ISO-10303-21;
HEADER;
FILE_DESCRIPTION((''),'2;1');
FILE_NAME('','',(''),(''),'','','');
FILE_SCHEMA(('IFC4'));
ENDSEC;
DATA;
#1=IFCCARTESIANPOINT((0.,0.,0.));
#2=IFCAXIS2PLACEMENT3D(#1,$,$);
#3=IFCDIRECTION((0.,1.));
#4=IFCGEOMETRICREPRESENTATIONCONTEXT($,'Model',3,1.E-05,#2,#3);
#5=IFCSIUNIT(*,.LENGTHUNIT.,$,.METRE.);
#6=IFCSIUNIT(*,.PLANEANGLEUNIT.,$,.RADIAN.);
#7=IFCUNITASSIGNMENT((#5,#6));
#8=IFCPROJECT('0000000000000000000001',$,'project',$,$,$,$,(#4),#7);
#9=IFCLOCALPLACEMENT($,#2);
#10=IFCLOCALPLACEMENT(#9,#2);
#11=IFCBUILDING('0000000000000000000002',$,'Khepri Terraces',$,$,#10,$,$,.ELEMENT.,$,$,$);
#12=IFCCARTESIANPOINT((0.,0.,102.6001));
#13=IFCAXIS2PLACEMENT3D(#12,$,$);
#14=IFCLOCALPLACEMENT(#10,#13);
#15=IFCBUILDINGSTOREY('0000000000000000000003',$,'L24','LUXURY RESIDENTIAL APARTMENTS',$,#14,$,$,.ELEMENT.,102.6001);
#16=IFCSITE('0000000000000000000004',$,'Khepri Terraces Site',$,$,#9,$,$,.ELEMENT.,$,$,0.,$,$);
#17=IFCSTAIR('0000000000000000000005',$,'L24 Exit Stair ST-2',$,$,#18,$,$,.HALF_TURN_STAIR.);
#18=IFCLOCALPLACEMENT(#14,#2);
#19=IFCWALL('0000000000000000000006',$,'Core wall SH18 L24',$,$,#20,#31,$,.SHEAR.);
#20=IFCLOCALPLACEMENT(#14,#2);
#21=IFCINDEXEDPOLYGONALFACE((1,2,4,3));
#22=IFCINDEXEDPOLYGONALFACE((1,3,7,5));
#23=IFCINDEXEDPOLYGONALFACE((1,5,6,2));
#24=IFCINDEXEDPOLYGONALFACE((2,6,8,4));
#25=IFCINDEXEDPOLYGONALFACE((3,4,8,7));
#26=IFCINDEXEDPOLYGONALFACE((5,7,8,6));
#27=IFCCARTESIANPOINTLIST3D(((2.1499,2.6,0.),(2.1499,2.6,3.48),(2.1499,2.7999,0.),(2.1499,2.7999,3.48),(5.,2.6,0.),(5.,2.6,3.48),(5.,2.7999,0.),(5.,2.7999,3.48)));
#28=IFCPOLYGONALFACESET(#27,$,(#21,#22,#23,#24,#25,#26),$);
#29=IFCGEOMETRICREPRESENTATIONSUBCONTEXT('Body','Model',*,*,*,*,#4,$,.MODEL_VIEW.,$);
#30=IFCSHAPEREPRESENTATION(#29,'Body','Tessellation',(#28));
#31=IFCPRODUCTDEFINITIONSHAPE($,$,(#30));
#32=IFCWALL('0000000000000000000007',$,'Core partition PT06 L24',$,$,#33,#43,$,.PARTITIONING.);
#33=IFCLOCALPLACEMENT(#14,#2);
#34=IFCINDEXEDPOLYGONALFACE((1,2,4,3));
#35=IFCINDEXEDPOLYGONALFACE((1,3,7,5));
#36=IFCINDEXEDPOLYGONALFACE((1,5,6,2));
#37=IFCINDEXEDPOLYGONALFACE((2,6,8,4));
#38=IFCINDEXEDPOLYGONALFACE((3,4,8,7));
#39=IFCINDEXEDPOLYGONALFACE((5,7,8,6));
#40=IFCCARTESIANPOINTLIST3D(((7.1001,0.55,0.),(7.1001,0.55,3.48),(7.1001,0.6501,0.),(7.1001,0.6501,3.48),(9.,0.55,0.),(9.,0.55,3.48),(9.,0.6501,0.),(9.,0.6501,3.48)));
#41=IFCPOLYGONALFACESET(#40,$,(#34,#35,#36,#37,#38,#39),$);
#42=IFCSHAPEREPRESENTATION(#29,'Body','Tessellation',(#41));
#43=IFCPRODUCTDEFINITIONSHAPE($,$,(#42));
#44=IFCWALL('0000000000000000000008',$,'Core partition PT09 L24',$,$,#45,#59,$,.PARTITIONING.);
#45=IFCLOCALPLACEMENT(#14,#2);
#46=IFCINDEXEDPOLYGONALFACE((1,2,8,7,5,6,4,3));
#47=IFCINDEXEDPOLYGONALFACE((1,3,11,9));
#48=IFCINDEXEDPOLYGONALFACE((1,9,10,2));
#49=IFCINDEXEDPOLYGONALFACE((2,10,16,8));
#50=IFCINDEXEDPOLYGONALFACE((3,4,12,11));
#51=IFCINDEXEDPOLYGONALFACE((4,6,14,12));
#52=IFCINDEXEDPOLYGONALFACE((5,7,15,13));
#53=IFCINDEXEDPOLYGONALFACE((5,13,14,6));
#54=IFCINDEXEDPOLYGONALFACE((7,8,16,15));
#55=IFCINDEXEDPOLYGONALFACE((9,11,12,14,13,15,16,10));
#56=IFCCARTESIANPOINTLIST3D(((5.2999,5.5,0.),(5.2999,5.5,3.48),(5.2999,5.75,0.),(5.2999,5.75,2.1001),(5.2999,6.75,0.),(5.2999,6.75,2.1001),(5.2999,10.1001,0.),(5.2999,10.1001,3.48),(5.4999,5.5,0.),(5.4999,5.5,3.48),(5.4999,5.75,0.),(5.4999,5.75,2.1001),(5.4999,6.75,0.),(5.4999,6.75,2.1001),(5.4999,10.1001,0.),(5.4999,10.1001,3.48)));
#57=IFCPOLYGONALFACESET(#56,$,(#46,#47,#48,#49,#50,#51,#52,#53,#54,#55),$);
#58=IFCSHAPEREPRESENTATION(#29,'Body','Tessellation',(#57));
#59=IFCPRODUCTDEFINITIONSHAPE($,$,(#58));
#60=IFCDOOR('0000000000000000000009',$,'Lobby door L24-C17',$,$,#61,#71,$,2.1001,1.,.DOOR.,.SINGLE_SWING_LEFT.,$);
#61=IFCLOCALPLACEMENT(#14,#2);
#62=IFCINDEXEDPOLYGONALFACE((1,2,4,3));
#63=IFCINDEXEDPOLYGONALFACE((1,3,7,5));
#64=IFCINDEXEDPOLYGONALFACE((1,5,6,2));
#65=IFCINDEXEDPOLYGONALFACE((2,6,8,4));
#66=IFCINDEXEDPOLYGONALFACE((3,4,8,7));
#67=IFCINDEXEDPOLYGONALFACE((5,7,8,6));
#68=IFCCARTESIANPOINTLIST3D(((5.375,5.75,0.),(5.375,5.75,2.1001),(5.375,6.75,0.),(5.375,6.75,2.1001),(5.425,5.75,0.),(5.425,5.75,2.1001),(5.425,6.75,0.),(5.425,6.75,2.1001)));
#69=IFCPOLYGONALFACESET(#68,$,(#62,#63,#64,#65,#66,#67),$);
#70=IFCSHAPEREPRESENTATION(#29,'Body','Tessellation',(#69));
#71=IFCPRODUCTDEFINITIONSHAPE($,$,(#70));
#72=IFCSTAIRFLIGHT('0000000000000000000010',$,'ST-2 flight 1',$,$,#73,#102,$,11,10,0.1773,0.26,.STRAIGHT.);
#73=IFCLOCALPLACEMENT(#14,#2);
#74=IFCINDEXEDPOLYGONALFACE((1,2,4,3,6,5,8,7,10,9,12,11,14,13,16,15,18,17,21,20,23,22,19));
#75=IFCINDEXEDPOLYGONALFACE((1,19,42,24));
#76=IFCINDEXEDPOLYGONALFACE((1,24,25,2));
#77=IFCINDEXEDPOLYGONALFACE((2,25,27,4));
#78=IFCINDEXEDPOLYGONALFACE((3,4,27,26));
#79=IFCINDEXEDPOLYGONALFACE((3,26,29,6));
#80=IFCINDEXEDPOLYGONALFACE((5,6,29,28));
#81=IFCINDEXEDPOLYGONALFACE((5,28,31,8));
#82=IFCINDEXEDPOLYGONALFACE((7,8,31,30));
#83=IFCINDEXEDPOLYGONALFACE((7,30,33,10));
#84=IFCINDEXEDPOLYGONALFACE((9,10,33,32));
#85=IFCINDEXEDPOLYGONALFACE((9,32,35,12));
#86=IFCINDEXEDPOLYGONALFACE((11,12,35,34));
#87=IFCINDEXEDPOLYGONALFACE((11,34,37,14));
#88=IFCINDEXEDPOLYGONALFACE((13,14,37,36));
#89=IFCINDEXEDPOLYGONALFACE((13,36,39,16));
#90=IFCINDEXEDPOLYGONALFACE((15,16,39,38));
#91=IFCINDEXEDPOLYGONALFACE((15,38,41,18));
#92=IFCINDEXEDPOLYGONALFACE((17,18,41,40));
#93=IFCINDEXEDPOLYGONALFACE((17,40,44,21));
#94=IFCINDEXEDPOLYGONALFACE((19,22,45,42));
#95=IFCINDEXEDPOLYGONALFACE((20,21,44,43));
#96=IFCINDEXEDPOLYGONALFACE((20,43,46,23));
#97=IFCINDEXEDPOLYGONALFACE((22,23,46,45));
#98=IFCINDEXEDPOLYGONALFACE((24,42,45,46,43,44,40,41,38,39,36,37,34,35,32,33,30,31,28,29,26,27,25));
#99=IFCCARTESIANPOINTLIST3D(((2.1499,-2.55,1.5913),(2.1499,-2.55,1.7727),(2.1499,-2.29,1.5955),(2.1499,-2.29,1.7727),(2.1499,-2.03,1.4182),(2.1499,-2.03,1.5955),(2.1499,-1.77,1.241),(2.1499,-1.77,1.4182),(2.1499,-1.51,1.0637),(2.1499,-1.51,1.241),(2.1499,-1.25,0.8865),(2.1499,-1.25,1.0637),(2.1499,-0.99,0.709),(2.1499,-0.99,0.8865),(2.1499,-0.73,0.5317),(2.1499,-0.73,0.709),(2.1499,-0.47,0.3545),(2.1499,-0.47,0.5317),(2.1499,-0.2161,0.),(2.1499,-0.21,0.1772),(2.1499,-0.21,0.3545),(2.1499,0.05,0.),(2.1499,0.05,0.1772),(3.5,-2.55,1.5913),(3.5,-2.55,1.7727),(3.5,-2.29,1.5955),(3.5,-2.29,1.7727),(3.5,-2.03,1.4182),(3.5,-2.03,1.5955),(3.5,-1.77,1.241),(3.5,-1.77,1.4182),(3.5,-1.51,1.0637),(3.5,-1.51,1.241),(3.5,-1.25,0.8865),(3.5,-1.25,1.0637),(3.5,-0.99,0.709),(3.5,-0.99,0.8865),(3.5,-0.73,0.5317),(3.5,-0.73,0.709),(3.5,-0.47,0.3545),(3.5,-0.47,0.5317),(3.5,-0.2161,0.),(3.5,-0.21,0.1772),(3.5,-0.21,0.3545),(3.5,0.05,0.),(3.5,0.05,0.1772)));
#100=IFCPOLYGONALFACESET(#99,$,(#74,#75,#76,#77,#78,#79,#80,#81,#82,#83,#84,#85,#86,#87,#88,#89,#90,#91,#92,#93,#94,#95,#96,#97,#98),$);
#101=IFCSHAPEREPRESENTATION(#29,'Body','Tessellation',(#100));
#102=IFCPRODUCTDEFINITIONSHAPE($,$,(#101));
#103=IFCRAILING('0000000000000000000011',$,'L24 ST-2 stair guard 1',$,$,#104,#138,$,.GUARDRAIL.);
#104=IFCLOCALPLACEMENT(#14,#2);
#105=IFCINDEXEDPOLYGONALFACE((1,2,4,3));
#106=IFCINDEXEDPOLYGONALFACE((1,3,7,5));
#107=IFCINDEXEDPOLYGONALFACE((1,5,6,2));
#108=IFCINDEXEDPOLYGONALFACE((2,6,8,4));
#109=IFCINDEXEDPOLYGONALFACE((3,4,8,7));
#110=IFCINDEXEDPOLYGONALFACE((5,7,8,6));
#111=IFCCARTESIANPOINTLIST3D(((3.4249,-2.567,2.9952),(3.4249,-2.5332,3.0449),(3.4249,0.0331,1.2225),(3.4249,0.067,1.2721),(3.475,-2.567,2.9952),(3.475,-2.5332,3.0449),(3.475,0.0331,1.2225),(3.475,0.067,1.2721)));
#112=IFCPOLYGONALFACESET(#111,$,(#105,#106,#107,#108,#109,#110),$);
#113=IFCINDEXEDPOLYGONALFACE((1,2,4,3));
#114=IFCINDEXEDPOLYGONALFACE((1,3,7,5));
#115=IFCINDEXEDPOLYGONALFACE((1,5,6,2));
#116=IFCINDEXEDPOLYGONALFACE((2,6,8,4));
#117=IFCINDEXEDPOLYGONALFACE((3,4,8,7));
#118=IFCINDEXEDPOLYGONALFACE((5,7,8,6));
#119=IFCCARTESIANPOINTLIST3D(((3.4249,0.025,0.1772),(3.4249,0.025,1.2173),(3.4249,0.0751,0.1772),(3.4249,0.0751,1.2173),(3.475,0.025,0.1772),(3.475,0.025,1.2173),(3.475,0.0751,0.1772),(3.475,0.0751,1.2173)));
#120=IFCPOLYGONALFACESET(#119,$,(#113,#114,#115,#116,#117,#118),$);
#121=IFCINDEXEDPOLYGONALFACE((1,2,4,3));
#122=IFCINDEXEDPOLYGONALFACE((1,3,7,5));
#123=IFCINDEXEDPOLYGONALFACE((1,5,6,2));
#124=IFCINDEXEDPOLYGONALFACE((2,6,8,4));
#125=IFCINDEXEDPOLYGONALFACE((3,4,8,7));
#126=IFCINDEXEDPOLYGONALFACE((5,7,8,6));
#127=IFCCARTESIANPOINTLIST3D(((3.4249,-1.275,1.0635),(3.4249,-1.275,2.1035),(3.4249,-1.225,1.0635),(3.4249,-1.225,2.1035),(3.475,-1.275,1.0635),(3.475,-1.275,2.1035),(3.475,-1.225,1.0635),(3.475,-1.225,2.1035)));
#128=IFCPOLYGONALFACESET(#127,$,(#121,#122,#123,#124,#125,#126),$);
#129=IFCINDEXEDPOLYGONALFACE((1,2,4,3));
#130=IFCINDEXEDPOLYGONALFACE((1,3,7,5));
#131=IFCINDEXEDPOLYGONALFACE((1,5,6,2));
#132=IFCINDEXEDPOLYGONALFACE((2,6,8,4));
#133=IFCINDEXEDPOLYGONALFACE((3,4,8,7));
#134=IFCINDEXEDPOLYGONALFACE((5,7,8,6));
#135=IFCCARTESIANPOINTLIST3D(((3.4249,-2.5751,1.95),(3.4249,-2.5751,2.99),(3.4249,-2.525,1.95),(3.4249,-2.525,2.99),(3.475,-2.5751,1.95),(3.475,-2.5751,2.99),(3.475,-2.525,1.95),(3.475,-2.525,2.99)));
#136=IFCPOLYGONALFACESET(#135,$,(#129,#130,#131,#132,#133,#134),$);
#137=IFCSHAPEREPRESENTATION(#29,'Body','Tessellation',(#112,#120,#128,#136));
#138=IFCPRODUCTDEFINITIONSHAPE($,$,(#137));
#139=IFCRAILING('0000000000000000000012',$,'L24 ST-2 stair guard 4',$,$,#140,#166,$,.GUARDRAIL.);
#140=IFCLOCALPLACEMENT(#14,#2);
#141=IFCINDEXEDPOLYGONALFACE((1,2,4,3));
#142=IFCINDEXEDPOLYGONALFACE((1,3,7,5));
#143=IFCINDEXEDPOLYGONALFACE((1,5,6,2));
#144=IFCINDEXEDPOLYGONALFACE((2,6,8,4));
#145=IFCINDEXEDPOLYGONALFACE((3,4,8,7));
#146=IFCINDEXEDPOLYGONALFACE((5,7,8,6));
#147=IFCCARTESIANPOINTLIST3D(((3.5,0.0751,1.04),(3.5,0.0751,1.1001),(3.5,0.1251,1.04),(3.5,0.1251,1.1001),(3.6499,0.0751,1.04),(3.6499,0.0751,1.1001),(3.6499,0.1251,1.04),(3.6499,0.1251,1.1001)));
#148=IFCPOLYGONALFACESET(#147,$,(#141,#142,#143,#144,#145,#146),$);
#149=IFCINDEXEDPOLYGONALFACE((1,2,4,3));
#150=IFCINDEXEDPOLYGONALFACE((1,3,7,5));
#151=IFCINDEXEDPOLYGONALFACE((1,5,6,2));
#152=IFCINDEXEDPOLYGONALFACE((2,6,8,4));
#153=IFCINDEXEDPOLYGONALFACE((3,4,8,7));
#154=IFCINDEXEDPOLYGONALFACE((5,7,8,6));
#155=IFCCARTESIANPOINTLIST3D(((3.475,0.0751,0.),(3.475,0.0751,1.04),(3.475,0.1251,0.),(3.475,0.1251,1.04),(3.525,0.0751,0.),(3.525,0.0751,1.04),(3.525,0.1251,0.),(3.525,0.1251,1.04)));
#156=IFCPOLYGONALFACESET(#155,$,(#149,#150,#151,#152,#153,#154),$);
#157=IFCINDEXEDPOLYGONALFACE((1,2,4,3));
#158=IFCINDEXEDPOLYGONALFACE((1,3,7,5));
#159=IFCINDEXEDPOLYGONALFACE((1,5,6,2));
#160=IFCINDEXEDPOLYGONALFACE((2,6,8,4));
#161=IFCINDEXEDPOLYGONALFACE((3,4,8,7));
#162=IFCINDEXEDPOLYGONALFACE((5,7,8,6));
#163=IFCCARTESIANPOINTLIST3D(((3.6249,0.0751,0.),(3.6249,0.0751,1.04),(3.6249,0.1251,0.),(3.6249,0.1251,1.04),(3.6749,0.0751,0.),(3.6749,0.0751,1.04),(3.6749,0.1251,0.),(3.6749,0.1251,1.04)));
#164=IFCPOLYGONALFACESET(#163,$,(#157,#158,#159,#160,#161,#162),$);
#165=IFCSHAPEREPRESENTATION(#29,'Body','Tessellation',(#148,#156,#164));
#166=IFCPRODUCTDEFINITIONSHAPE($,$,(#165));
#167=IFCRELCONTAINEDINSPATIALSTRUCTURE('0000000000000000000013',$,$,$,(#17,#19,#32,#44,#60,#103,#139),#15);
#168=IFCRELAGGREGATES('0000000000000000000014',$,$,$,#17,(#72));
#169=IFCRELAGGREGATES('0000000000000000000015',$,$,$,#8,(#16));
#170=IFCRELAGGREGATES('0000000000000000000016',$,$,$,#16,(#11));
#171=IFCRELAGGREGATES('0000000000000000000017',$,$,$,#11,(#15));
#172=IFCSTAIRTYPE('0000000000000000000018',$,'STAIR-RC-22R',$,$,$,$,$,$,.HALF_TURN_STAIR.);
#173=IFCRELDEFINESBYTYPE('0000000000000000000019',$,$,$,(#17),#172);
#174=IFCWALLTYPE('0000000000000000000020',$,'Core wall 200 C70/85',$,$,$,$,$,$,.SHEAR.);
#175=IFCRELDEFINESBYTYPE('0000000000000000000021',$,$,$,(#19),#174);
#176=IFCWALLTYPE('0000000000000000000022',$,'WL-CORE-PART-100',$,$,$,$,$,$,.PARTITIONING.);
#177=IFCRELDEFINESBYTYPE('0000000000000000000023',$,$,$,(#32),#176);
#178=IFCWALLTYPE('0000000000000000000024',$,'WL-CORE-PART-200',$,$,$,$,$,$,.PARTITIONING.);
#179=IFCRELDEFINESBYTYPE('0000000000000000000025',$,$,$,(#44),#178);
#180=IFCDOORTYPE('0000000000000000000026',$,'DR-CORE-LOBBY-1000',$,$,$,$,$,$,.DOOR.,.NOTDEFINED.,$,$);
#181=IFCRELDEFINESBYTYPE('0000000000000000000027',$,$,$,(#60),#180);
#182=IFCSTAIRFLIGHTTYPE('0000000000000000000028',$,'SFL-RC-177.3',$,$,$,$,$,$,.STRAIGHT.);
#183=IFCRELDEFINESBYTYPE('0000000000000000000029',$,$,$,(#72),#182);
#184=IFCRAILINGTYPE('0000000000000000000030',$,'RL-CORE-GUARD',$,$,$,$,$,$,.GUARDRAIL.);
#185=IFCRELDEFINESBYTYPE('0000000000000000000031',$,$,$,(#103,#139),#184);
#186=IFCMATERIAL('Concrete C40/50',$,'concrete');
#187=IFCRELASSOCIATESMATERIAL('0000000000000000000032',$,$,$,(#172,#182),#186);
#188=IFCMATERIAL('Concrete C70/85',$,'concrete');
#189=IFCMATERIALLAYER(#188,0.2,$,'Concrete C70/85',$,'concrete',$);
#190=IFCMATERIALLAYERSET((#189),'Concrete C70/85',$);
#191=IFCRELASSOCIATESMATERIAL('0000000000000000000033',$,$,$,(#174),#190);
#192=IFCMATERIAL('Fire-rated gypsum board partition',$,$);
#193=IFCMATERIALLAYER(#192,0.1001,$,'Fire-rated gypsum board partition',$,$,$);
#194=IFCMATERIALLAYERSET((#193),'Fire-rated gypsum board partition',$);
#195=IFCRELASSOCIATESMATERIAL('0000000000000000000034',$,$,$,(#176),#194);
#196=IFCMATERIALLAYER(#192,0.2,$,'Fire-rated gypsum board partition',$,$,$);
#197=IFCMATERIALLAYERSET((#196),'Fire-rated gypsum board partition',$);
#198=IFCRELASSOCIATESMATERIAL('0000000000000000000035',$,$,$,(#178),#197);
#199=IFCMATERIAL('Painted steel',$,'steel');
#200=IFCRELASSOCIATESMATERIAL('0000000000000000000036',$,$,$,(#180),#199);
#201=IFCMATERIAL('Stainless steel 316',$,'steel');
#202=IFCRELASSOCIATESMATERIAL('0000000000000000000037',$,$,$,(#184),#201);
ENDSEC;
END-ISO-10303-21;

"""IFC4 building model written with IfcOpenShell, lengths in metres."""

from ifc_helpers import new_model, si_unit, direction, frame, frame_2d, origin, origin_2d, place, context, subcontext, project, spatial, polyline, rectangle, outline, extrude, material, layer, layer_set, type_object, element, fill, aggregate, save


model = new_model("IFC4")

# Units and contexts
model_context = context("Model", 3, precision=1e-05, world=origin(), true_north=direction((0.0, 1.0)))
body_context = subcontext(model_context, "Body", "Model", "MODEL_VIEW")
ifc_project = project(units=[si_unit("LENGTHUNIT", "METRE"), si_unit("PLANEANGLEUNIT", "RADIAN")], contexts=[model_context])

# Site, building, storey
site_placement = place(None, origin())
site = spatial("IfcSite", under=ifc_project, at=site_placement, Name="Khepri Terraces Site", CompositionType="ELEMENT", RefElevation=0.0)
building_placement = place(site_placement, origin())
building = spatial("IfcBuilding", under=site, at=building_placement, Name="Khepri Terraces", CompositionType="ELEMENT")
storey_placement = place(building_placement, frame((0.0, 0.0, 102.6001)))
storey = spatial("IfcBuildingStorey", under=building, at=storey_placement, Name="L24", Description="LUXURY RESIDENTIAL APARTMENTS", CompositionType="ELEMENT", Elevation=102.6001)

# Stair
ifc_material_1 = material(Name="Concrete C40/50", Category="concrete")
stair_type = type_object("IfcStairType", Name="STAIR-RC-22R", PredefinedType="HALF_TURN_STAIR", material=ifc_material_1)
stair_1_placement = place(storey_placement, origin())
stair_1 = element("IfcStair", 1, at=stair_1_placement, inside=storey, type_object=stair_type, Name="L24 Exit Stair ST-2", PredefinedType="HALF_TURN_STAIR")

# Shared definitions
ifc_material_2 = material(Name="Concrete C70/85", Category="concrete")
ifc_layer_1 = layer(ifc_material_2, 0.2, Name="Concrete C70/85", Category="concrete")
ifc_layer_set_1 = layer_set([ifc_layer_1], Name="Concrete C70/85")
wall_type_1 = type_object("IfcWallType", Name="Core wall 200 C70/85", PredefinedType="SHEAR", material=ifc_layer_set_1)

# Shared definitions
ifc_material_3 = material(Name="Painted steel", Category="steel")

# Walls
wall_1_placement = place(storey_placement, frame((2.1499, 2.7, 0.0), z_axis=(0.0, 0.0, 1.0), x_axis=(1.0, 0.0, 0.0)))
element("IfcWall", 2, at=wall_1_placement, inside=storey, type_object=wall_type_1, Name="Core wall SH18 L24", PredefinedType="SHEAR", context=body_context, shape_type="SweptSolid", body=[
    extrude(rectangle(XDim=2.8501, YDim=0.2, at=frame_2d((1.425, 0.0))), origin(), (0.0, 0.0, 1.0), 3.48),
])
ifc_material_4 = material(Name="Fire-rated gypsum board partition")
ifc_layer_2 = layer(ifc_material_4, 0.1001, Name="Fire-rated gypsum board partition")
ifc_layer_set_2 = layer_set([ifc_layer_2], Name="Fire-rated gypsum board partition")
wall_type_2 = type_object("IfcWallType", Name="WL-CORE-PART-100", PredefinedType="PARTITIONING", material=ifc_layer_set_2)
wall_2_placement = place(storey_placement, frame((7.1001, 0.6001, 0.0), z_axis=(0.0, 0.0, 1.0), x_axis=(1.0, 0.0, 0.0)))
element("IfcWall", 3, at=wall_2_placement, inside=storey, type_object=wall_type_2, Name="Core partition PT06 L24", PredefinedType="PARTITIONING", context=body_context, shape_type="SweptSolid", body=[
    extrude(rectangle(XDim=1.8999, YDim=0.1001, at=frame_2d((0.95, 0.0))), origin(), (0.0, 0.0, 1.0), 3.48),
])

# Wall, opening, door
ifc_layer_3 = layer(ifc_material_4, 0.2, Name="Fire-rated gypsum board partition")
ifc_layer_set_3 = layer_set([ifc_layer_3], Name="Fire-rated gypsum board partition")
wall_type_3 = type_object("IfcWallType", Name="WL-CORE-PART-200", PredefinedType="PARTITIONING", material=ifc_layer_set_3)
wall_3_placement = place(storey_placement, frame((5.3999, 5.5, 0.0), z_axis=(0.0, 0.0, 1.0), x_axis=(0.0, 1.0, 0.0)))
wall_3 = element("IfcWall", 4, at=wall_3_placement, inside=storey, type_object=wall_type_3, Name="Core partition PT09 L24", PredefinedType="PARTITIONING", context=body_context, shape_type="SweptSolid", body=[
    extrude(rectangle(XDim=4.6001, YDim=0.2, at=frame_2d((2.3, 0.0))), origin(), (0.0, 0.0, 1.0), 3.48),
])
opening_1_placement = place(wall_3_placement, frame((0.25, 0.0, 0.0)))
opening_1 = element("IfcOpeningElement", 5, at=opening_1_placement, cuts=wall_3, PredefinedType="OPENING", context=body_context, shape_type="SweptSolid", body=[
    extrude(rectangle(XDim=1.0, YDim=2.1001, at=frame_2d((0.5, 1.05))), frame((0.0, 0.1099, 0.0), z_axis=(0.0, -1.0, 0.0), x_axis=(1.0, 0.0, 0.0)), (0.0, 0.0, 1.0), 0.22),
])
door_type_1 = type_object("IfcDoorType", Name="DR-CORE-LOBBY-1000", OperationType="NOTDEFINED", PredefinedType="DOOR", material=ifc_material_3)
door_1_placement = place(opening_1_placement, origin())
door_1 = element("IfcDoor", 6, at=door_1_placement, inside=storey, type_object=door_type_1, Name="Lobby door L24-C17", OperationType="SINGLE_SWING_LEFT", OverallHeight=2.1001, OverallWidth=1.0, PredefinedType="DOOR", context=body_context, shape_type="SweptSolid", body=[
    extrude(rectangle(XDim=1.0, YDim=2.1001, at=frame_2d((0.5, 1.05))), frame((0.0, 0.0249, 0.0), z_axis=(0.0, -1.0, 0.0), x_axis=(1.0, 0.0, 0.0)), (0.0, 0.0, 1.0), 0.05),
])
fill(opening_1, door_1)

# Stair flight
stair_flight_type = type_object("IfcStairFlightType", Name="SFL-RC-177.3", PredefinedType="STRAIGHT", material=ifc_material_1)
stair_flight_placement = place(storey_placement, frame((2.825, 0.05, 0.0), z_axis=(0.0, 0.0, 1.0), x_axis=(0.0, -1.0, 0.0)))
stair_flight = element("IfcStairFlight", 7, at=stair_flight_placement, type_object=stair_flight_type, Name="ST-2 flight 1", NumberOfRisers=11, NumberOfTreads=10, PredefinedType="STRAIGHT", RiserHeight=0.1773, TreadLength=0.26, context=body_context, shape_type="SweptSolid", body=[
    extrude(outline(polyline([(0.0, 0.0), (0.0, 0.1772), (0.26, 0.1772), (0.26, 0.3545), (0.52, 0.3545), (0.52, 0.5317), (0.78, 0.5317), (0.78, 0.709), (1.04, 0.709), (1.04, 0.8865), (1.3, 0.8865), (1.3, 1.0637), (1.5601, 1.0637), (1.5601, 1.241), (1.8201, 1.241), (1.8201, 1.4182), (2.0801, 1.4182), (2.0801, 1.5955), (2.3401, 1.5955), (2.3401, 1.7727), (2.6001, 1.7727), (2.6001, 1.95), (2.6001, 1.5913), (0.2661, 0.0), (0.0, 0.0)])), frame((0.0, 0.675, 0.0), z_axis=(0.0, -1.0, 0.0), x_axis=(1.0, 0.0, 0.0)), (0.0, 0.0, 1.0), 1.3501),
])
aggregate(stair_1, [stair_flight])

# Railings
ifc_material_5 = material(Name="Stainless steel 316", Category="steel")
railing_type_1 = type_object("IfcRailingType", Name="RL-CORE-GUARD", PredefinedType="GUARDRAIL", material=ifc_material_5)
railing_1_placement = place(storey_placement, frame((3.45, 0.05, 0.1772)))
element("IfcRailing", 8, at=railing_1_placement, inside=storey, type_object=railing_type_1, Name="L24 ST-2 stair guard 1", PredefinedType="GUARDRAIL", context=body_context, shape_type="SweptSolid", body=[
    extrude(rectangle(XDim=0.05, YDim=0.0601, at=origin_2d()), frame((0.0, 0.0, 1.0701), z_axis=(0.0, -0.82624, 0.563318), x_axis=(1.0, 0.0, 0.0)), (0.0, 0.0, 1.0), 3.147),
    extrude(rectangle(XDim=0.05, YDim=0.05, at=origin_2d()), origin(), (0.0, 0.0, 1.0), 1.04),
    extrude(rectangle(XDim=0.05, YDim=0.05, at=origin_2d()), frame((0.0, -1.3, 0.8862)), (0.0, 0.0, 1.0), 1.04),
    extrude(rectangle(XDim=0.05, YDim=0.05, at=origin_2d()), frame((0.0, -2.6001, 1.7727)), (0.0, 0.0, 1.0), 1.04),
])
railing_2_placement = place(storey_placement, frame((3.5, 0.1001, 0.0)))
element("IfcRailing", 9, at=railing_2_placement, inside=storey, type_object=railing_type_1, Name="L24 ST-2 stair guard 4", PredefinedType="GUARDRAIL", context=body_context, shape_type="SweptSolid", body=[
    extrude(rectangle(XDim=0.05, YDim=0.0601, at=origin_2d()), frame((0.0, 0.0, 1.0701), z_axis=(1.0, 0.0, 0.0), x_axis=(0.0, 1.0, 0.0)), (0.0, 0.0, 1.0), 0.1499),
    extrude(rectangle(XDim=0.05, YDim=0.05, at=origin_2d()), origin(), (0.0, 0.0, 1.0), 1.04),
    extrude(rectangle(XDim=0.05, YDim=0.05, at=origin_2d()), frame((0.1499, 0.0, 0.0)), (0.0, 0.0, 1.0), 1.04),
])

save(model, "model.ifc")
